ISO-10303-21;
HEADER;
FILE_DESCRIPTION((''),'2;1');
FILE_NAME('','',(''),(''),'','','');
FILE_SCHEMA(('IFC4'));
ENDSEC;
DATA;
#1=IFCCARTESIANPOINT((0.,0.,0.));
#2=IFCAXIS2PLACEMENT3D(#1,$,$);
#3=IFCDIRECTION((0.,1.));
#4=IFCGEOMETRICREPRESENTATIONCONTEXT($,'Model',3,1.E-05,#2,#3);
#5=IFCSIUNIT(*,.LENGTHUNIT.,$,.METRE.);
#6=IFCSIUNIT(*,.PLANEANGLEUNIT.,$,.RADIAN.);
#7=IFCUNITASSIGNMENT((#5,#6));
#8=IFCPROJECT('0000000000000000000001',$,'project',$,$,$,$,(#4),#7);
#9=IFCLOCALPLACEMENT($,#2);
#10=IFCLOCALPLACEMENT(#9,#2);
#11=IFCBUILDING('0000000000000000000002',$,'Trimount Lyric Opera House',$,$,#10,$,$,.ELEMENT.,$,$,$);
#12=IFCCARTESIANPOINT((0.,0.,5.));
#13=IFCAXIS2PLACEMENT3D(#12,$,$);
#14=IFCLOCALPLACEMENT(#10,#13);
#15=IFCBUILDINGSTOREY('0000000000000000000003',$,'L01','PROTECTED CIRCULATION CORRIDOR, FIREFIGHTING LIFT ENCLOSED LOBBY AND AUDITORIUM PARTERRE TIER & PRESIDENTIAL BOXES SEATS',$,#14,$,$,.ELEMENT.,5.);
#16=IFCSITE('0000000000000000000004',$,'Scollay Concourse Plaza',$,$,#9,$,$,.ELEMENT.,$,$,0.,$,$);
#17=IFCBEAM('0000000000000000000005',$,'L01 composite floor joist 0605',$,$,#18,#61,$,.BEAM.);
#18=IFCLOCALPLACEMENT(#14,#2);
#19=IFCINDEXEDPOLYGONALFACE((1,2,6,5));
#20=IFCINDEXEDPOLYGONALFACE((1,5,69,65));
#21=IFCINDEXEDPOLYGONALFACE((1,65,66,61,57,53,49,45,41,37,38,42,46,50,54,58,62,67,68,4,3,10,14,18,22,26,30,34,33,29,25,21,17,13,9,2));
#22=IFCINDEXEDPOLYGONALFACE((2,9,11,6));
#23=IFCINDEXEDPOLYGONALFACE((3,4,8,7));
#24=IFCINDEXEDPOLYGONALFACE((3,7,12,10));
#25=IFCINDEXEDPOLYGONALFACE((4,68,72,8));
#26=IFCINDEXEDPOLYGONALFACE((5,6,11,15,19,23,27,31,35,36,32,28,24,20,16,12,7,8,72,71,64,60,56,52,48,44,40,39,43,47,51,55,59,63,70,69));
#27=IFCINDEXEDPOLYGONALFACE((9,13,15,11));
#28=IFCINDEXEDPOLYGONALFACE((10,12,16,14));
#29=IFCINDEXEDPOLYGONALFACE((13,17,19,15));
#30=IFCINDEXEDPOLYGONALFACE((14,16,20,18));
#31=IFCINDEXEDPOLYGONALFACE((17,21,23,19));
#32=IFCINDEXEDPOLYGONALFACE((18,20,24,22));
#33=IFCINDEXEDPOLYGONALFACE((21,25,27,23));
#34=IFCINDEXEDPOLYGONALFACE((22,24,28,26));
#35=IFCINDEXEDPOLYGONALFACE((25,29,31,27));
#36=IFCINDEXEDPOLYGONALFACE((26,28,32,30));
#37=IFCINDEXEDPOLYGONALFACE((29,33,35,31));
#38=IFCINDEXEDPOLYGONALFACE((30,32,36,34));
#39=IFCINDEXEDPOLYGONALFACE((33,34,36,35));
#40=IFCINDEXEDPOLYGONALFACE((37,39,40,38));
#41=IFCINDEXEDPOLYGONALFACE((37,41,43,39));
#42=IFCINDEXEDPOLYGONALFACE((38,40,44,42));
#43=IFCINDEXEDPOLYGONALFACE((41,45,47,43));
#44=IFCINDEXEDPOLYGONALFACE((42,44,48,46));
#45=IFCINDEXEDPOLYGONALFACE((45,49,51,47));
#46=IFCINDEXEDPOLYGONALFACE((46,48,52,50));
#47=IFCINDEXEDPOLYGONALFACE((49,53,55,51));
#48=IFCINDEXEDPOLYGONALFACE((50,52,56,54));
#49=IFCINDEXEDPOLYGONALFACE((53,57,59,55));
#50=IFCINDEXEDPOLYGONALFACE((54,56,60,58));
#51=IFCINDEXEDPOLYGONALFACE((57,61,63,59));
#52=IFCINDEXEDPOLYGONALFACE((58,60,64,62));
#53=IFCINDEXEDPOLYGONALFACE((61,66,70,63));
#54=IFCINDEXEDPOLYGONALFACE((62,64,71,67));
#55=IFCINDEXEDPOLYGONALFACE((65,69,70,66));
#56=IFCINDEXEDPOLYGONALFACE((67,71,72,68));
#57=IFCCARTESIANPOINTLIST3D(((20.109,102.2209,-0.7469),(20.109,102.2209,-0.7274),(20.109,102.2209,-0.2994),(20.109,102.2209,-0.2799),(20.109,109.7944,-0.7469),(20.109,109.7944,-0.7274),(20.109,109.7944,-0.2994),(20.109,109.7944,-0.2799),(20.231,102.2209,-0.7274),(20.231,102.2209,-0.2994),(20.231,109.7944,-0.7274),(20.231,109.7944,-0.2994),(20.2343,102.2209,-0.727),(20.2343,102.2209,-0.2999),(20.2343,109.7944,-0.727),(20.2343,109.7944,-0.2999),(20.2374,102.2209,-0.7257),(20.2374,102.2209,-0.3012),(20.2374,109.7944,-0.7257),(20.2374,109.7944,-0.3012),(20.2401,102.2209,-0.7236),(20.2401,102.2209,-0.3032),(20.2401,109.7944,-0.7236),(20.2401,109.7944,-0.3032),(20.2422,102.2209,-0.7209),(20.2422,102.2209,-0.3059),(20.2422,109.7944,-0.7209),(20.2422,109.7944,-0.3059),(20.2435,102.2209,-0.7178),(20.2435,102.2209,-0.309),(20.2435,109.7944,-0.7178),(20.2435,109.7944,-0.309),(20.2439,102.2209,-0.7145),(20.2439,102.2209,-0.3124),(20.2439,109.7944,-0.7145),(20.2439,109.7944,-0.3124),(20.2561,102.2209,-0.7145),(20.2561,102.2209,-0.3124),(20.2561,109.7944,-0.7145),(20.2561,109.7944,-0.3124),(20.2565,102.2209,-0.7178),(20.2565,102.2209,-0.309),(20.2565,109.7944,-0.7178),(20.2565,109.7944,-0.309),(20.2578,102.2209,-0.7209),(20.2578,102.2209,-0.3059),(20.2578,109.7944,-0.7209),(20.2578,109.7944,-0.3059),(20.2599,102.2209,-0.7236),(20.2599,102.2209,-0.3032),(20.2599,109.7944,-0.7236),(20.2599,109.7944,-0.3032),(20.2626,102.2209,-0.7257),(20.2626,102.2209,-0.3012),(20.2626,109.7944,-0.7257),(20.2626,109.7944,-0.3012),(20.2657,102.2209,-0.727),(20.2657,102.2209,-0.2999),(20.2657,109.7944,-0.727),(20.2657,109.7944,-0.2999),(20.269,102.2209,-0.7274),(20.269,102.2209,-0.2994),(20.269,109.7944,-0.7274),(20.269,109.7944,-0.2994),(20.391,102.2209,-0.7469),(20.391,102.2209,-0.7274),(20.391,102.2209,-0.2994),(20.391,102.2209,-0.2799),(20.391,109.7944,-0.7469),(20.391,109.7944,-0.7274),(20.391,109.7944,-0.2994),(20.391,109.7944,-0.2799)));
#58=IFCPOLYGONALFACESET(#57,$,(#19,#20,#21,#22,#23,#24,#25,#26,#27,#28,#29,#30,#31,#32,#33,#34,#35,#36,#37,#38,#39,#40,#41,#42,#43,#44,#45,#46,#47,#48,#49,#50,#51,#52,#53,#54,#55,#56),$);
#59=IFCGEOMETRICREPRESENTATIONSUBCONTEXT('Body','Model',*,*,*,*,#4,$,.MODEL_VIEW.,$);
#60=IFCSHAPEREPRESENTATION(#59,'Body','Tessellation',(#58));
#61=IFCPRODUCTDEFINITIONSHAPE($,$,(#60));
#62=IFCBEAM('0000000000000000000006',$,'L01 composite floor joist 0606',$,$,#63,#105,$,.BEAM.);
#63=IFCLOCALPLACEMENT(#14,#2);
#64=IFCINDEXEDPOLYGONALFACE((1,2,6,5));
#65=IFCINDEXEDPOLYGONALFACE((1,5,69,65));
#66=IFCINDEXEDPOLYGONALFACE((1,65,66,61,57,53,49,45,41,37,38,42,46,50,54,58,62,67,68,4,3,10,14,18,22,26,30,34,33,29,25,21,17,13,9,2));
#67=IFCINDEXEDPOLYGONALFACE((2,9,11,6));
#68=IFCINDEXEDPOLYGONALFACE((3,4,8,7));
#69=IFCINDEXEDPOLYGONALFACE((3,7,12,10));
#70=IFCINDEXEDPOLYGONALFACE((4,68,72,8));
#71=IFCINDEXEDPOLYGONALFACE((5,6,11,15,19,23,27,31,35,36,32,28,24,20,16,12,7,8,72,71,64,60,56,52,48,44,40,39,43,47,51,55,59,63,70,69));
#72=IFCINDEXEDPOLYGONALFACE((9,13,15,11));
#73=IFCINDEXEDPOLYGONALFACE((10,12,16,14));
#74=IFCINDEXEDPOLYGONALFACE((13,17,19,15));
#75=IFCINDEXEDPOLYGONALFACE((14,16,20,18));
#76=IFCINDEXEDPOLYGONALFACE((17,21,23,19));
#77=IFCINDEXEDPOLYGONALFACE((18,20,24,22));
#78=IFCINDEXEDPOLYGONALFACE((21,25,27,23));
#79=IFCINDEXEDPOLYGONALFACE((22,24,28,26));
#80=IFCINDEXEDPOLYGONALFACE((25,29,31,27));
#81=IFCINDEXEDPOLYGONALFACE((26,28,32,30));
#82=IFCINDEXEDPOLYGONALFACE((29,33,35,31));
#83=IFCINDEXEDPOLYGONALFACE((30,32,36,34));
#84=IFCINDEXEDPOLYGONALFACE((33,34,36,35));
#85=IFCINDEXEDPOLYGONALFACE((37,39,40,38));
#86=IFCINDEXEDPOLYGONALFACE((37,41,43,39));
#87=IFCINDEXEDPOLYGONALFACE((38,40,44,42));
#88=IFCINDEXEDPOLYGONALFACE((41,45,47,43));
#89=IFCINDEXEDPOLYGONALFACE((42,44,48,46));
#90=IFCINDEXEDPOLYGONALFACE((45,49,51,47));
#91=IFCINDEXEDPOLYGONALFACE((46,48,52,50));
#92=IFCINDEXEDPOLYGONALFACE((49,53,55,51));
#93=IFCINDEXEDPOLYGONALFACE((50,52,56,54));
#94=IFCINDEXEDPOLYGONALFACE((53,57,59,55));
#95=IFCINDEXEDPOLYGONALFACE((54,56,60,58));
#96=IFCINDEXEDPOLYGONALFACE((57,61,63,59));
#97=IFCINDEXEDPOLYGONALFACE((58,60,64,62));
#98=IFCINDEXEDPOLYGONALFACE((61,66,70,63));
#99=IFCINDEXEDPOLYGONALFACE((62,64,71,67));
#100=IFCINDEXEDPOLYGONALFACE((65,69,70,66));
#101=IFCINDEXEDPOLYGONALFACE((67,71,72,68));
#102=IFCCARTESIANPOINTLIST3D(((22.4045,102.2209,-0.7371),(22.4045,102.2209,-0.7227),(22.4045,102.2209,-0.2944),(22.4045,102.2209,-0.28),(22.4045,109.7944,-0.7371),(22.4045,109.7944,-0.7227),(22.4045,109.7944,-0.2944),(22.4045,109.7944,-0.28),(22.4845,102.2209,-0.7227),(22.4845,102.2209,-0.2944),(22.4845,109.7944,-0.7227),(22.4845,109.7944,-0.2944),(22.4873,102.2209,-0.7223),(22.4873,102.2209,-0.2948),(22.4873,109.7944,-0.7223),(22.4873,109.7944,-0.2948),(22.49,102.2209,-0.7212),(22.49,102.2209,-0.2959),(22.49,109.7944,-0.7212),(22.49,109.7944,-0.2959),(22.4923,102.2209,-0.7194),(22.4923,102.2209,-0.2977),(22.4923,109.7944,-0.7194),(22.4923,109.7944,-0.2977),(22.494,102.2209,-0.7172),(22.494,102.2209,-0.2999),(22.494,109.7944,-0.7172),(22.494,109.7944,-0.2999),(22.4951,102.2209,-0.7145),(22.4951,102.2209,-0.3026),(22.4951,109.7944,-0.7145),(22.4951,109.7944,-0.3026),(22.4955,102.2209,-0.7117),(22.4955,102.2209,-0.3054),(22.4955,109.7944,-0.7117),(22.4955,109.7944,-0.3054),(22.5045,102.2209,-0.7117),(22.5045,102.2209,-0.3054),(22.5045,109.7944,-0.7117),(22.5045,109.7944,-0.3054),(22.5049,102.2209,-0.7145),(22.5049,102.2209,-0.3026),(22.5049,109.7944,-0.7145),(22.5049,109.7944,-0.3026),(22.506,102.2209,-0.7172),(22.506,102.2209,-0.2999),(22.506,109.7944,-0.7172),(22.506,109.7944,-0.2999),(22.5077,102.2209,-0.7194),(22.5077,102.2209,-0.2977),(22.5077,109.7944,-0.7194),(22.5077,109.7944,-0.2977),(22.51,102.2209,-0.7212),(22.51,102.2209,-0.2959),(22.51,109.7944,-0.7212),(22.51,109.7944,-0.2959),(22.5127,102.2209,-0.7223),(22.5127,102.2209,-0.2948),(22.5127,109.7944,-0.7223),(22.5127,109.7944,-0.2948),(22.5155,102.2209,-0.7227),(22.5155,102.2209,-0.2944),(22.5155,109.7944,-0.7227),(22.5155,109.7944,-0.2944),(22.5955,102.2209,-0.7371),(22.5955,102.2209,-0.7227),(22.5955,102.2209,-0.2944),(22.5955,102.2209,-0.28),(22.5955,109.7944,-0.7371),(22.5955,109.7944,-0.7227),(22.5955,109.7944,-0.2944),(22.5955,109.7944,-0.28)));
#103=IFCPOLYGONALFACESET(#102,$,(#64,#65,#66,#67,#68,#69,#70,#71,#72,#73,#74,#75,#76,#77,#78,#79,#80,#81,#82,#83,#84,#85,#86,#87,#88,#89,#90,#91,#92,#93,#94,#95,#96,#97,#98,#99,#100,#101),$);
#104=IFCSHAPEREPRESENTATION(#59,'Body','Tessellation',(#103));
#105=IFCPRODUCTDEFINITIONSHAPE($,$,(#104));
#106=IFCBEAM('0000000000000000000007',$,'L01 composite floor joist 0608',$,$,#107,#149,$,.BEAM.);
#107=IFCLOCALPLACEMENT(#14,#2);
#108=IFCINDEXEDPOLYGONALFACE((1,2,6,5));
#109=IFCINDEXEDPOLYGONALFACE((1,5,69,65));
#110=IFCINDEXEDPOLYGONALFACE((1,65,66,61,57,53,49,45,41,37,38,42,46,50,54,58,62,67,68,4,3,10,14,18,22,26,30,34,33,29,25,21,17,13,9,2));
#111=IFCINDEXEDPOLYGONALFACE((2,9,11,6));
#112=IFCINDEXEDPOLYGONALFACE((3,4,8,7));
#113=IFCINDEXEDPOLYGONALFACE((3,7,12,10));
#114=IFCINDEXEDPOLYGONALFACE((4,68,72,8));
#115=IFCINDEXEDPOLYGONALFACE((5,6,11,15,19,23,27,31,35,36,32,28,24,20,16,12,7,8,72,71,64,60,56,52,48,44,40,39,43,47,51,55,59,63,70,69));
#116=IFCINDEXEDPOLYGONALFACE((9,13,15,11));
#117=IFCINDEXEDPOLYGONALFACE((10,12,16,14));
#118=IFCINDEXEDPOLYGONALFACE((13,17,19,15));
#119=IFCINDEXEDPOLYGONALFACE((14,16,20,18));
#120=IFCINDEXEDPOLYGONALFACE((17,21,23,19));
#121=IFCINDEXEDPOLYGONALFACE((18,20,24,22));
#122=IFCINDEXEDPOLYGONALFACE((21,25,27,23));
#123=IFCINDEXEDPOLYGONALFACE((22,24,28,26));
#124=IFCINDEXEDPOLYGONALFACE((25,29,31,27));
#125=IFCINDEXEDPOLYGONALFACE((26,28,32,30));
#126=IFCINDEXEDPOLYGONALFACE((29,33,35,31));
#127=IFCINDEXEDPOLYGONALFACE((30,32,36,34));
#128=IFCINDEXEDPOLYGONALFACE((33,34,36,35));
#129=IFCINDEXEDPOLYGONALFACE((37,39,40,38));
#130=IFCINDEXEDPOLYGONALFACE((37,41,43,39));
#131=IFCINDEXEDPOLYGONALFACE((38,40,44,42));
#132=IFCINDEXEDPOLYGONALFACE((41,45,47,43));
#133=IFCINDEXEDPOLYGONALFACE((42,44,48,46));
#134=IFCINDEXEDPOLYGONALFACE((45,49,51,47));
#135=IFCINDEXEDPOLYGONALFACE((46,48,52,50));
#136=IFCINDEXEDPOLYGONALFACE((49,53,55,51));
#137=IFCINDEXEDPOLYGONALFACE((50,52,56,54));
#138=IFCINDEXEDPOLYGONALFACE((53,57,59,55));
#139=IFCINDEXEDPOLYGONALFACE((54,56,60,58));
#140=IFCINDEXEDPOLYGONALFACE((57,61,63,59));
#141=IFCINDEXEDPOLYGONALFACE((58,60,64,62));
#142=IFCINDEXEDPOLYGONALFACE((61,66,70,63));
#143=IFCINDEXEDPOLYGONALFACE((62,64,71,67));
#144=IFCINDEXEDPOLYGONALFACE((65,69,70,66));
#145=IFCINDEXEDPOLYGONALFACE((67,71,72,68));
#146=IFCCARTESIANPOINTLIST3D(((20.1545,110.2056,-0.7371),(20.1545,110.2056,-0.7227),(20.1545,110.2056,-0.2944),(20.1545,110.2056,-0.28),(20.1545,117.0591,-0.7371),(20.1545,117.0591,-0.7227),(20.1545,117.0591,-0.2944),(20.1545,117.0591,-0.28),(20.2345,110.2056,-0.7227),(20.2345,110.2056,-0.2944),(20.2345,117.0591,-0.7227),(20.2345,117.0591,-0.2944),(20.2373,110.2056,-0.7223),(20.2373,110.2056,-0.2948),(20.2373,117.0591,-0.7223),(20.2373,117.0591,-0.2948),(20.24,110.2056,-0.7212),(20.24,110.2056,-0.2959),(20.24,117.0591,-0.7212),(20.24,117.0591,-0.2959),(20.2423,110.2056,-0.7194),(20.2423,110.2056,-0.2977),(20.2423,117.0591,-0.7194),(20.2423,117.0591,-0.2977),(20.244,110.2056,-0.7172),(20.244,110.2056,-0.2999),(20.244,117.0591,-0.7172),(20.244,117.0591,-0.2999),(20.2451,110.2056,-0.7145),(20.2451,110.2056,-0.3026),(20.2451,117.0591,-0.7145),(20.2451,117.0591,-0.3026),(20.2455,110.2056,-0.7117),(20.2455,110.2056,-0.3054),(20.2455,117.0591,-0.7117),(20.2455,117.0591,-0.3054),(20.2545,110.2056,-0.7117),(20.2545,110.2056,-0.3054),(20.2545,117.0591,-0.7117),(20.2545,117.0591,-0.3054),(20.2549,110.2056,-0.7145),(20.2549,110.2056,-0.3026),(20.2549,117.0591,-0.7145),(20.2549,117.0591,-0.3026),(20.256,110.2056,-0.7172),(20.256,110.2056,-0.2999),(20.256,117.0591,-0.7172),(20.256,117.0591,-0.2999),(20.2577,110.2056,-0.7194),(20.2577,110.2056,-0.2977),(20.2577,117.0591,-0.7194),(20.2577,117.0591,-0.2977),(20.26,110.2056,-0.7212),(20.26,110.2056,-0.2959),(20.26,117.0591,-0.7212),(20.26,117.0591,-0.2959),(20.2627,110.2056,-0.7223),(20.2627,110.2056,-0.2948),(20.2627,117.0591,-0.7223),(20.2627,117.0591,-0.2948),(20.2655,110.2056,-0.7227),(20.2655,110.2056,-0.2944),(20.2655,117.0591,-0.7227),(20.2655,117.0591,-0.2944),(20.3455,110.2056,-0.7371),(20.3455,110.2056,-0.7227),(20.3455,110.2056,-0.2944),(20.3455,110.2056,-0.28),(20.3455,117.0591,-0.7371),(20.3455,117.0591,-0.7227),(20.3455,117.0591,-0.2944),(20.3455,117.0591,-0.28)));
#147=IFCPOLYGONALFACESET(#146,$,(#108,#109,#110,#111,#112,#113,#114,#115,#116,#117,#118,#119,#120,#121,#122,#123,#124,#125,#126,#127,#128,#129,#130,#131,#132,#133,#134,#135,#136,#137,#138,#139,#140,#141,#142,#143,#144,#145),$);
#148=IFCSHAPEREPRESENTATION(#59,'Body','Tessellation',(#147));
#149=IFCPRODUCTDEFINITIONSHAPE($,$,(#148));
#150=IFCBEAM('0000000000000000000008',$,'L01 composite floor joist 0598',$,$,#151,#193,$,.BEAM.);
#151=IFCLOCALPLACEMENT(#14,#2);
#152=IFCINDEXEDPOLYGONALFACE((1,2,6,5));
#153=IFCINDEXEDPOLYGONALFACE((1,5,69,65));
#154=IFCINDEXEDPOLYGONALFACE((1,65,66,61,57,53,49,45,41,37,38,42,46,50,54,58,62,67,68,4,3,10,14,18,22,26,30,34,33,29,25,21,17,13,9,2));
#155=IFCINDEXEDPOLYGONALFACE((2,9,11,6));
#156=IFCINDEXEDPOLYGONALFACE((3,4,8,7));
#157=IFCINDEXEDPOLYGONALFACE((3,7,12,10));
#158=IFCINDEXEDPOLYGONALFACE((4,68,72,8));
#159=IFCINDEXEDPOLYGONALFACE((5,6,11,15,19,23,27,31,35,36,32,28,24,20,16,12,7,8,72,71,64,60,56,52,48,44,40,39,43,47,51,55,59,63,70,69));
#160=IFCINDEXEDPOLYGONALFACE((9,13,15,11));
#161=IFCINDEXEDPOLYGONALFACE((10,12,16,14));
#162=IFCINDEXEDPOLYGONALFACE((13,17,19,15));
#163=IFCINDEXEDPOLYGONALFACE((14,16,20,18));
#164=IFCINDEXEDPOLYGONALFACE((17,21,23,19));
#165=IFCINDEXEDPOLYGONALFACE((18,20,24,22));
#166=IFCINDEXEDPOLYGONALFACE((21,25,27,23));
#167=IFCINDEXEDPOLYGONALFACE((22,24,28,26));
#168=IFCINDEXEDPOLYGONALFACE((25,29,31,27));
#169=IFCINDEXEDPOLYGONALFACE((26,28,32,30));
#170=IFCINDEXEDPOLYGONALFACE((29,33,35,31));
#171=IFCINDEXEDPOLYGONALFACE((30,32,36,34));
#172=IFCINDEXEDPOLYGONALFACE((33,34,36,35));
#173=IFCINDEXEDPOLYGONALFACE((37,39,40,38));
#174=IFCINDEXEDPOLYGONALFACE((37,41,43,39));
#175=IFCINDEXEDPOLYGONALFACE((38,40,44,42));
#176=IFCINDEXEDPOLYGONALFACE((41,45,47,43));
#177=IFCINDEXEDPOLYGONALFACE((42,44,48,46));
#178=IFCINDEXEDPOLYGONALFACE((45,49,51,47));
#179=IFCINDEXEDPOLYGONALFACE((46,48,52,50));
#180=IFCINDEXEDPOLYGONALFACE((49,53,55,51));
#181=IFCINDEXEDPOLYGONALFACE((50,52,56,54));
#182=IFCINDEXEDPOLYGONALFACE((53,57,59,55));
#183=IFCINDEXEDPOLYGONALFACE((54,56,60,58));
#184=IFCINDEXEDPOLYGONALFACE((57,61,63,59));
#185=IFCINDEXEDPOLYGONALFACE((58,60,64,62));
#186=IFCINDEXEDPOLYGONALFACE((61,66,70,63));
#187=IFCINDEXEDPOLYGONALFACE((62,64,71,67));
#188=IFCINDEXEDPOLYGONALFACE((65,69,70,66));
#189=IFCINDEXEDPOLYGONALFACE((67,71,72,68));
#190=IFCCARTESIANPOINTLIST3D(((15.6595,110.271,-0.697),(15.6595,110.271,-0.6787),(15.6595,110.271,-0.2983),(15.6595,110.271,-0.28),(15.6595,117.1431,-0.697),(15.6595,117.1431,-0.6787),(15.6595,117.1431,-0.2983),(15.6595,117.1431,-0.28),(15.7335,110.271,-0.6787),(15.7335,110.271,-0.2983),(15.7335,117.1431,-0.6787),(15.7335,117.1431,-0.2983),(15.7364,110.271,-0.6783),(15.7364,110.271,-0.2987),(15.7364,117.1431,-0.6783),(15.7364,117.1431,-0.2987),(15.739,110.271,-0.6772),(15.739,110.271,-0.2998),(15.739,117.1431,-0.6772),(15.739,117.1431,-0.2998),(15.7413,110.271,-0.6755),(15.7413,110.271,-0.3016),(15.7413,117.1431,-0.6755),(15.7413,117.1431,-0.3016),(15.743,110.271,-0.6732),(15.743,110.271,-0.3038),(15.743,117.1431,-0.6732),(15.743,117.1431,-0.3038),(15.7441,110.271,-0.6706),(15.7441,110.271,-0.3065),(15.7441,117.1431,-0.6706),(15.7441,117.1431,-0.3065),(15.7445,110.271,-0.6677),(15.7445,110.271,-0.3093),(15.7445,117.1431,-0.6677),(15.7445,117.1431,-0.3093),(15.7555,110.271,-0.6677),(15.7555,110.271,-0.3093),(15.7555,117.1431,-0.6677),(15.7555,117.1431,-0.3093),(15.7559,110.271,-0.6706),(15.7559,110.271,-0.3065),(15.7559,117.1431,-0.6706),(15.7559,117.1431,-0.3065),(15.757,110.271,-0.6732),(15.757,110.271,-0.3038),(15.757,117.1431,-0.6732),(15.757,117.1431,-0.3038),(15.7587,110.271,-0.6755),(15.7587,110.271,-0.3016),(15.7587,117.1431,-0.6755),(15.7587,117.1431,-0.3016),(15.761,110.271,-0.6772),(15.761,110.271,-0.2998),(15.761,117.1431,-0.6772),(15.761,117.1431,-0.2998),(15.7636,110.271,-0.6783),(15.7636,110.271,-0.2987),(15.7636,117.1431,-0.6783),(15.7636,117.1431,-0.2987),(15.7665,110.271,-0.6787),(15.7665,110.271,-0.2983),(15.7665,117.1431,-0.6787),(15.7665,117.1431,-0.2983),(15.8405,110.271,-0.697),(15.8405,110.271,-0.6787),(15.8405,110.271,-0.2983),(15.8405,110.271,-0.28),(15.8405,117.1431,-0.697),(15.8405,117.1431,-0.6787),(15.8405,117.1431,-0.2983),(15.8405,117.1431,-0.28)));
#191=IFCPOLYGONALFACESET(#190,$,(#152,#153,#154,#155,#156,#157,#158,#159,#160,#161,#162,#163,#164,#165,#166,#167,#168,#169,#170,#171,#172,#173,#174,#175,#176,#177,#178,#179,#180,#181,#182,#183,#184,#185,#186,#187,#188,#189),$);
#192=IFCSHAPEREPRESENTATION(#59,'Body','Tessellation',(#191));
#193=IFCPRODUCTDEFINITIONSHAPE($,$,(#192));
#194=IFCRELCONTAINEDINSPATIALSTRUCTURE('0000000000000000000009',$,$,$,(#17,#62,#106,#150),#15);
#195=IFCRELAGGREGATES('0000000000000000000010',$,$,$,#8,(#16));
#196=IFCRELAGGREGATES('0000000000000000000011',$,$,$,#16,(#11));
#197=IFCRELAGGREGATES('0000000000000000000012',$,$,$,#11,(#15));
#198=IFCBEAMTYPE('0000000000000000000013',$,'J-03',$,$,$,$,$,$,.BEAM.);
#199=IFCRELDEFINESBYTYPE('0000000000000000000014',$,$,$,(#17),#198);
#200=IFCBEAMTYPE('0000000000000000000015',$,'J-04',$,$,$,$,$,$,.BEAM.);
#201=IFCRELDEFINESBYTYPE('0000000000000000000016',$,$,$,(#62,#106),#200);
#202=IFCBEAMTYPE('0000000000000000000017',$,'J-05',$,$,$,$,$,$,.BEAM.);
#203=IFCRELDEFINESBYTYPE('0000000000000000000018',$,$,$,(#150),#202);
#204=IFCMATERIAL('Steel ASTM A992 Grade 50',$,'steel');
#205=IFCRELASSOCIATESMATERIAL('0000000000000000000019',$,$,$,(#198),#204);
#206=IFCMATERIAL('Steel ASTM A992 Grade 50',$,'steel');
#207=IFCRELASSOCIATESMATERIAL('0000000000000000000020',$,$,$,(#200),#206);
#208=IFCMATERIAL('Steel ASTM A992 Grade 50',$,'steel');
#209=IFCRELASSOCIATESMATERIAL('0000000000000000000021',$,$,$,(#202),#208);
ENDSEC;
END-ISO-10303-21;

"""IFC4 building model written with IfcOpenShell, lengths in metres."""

from ifc_helpers import new_model, si_unit, direction, frame, origin, origin_2d, place, context, subcontext, project, spatial, i_section, extrude, material, material_profile, profile_set, type_object, element, save


model = new_model("IFC4")

# Units and contexts
model_context = context("Model", 3, precision=1e-05, world=origin(), true_north=direction((0.0, 1.0)))
body_context = subcontext(model_context, "Body", "Model", "MODEL_VIEW")
ifc_project = project(units=[si_unit("LENGTHUNIT", "METRE"), si_unit("PLANEANGLEUNIT", "RADIAN")], contexts=[model_context])

# Site, building, storey
site_placement = place(None, origin())
site = spatial("IfcSite", under=ifc_project, at=site_placement, Name="Scollay Concourse Plaza", CompositionType="ELEMENT", RefElevation=0.0)
building_placement = place(site_placement, origin())
building = spatial("IfcBuilding", under=site, at=building_placement, Name="Trimount Lyric Opera House", CompositionType="ELEMENT")
storey_placement = place(building_placement, frame((0.0, 0.0, 5.0)))
storey = spatial("IfcBuildingStorey", under=building, at=storey_placement, Name="L01", Description="PROTECTED CIRCULATION CORRIDOR, FIREFIGHTING LIFT ENCLOSED LOBBY AND AUDITORIUM PARTERRE TIER & PRESIDENTIAL BOXES SEATS", CompositionType="ELEMENT", Elevation=5.0)

# Beams
ifc_material_1 = material(Name="Steel ASTM A992 Grade 50", Category="steel")
ifc_material_profile_1 = material_profile(ifc_material_1, i_section(OverallWidth=0.282, OverallDepth=0.467, WebThickness=0.0122, FlangeThickness=0.0195, FilletRadius=0.0129, at=origin_2d()), Name="W18X86")
ifc_profile_set_1 = profile_set([ifc_material_profile_1], Name="Steel ASTM A992 Grade 50")
beam_type_1 = type_object("IfcBeamType", Name="J-03", PredefinedType="BEAM", material=ifc_profile_set_1)
beam_1_placement = place(storey_placement, frame((20.25, 102.2209, -0.5134), z_axis=(0.0, 1.0, 0.0), x_axis=(-1.0, 0.0, 0.0)))
element("IfcBeam", 1, at=beam_1_placement, inside=storey, type_object=beam_type_1, Name="L01 composite floor joist 0605", PredefinedType="BEAM", context=body_context, shape_type="SweptSolid", body=[
    extrude(i_section(OverallWidth=0.282, OverallDepth=0.467, WebThickness=0.0122, FlangeThickness=0.0195, FilletRadius=0.0129, at=origin_2d()), origin(), (0.0, 0.0, 1.0), 7.5735),
])
ifc_material_2 = material(Name="Steel ASTM A992 Grade 50", Category="steel")
ifc_material_profile_2 = material_profile(ifc_material_2, i_section(OverallWidth=0.1909, OverallDepth=0.457, WebThickness=0.009, FlangeThickness=0.0144, FilletRadius=0.011, at=origin_2d()), Name="W18X50")
ifc_profile_set_2 = profile_set([ifc_material_profile_2], Name="Steel ASTM A992 Grade 50")
beam_type_2 = type_object("IfcBeamType", Name="J-04", PredefinedType="BEAM", material=ifc_profile_set_2)
beam_2_placement = place(storey_placement, frame((22.5, 102.2209, -0.5085), z_axis=(0.0, 1.0, 0.0), x_axis=(-1.0, 0.0, 0.0)))
element("IfcBeam", 2, at=beam_2_placement, inside=storey, type_object=beam_type_2, Name="L01 composite floor joist 0606", PredefinedType="BEAM", context=body_context, shape_type="SweptSolid", body=[
    extrude(i_section(OverallWidth=0.1909, OverallDepth=0.457, WebThickness=0.009, FlangeThickness=0.0144, FilletRadius=0.011, at=origin_2d()), origin(), (0.0, 0.0, 1.0), 7.5735),
])
beam_3_placement = place(storey_placement, frame((20.25, 110.2056, -0.5085), z_axis=(0.0, 1.0, 0.0), x_axis=(-1.0, 0.0, 0.0)))
element("IfcBeam", 3, at=beam_3_placement, inside=storey, type_object=beam_type_2, Name="L01 composite floor joist 0608", PredefinedType="BEAM", context=body_context, shape_type="SweptSolid", body=[
    extrude(i_section(OverallWidth=0.1909, OverallDepth=0.457, WebThickness=0.009, FlangeThickness=0.0144, FilletRadius=0.011, at=origin_2d()), origin(), (0.0, 0.0, 1.0), 6.8535),
])
ifc_material_3 = material(Name="Steel ASTM A992 Grade 50", Category="steel")
ifc_material_profile_3 = material_profile(ifc_material_3, i_section(OverallWidth=0.1809, OverallDepth=0.417, WebThickness=0.011, FlangeThickness=0.0183, FilletRadius=0.011, at=origin_2d()), Name="W16X57")
ifc_profile_set_3 = profile_set([ifc_material_profile_3], Name="Steel ASTM A992 Grade 50")
beam_type_3 = type_object("IfcBeamType", Name="J-05", PredefinedType="BEAM", material=ifc_profile_set_3)
beam_4_placement = place(storey_placement, frame((15.75, 110.271, -0.4885), z_axis=(0.0, 1.0, 0.0), x_axis=(-1.0, 0.0, 0.0)))
element("IfcBeam", 4, at=beam_4_placement, inside=storey, type_object=beam_type_3, Name="L01 composite floor joist 0598", PredefinedType="BEAM", context=body_context, shape_type="SweptSolid", body=[
    extrude(i_section(OverallWidth=0.1809, OverallDepth=0.417, WebThickness=0.011, FlangeThickness=0.0183, FilletRadius=0.011, at=origin_2d()), origin(), (0.0, 0.0, 1.0), 6.8721),
])

save(model, "model.ifc")
